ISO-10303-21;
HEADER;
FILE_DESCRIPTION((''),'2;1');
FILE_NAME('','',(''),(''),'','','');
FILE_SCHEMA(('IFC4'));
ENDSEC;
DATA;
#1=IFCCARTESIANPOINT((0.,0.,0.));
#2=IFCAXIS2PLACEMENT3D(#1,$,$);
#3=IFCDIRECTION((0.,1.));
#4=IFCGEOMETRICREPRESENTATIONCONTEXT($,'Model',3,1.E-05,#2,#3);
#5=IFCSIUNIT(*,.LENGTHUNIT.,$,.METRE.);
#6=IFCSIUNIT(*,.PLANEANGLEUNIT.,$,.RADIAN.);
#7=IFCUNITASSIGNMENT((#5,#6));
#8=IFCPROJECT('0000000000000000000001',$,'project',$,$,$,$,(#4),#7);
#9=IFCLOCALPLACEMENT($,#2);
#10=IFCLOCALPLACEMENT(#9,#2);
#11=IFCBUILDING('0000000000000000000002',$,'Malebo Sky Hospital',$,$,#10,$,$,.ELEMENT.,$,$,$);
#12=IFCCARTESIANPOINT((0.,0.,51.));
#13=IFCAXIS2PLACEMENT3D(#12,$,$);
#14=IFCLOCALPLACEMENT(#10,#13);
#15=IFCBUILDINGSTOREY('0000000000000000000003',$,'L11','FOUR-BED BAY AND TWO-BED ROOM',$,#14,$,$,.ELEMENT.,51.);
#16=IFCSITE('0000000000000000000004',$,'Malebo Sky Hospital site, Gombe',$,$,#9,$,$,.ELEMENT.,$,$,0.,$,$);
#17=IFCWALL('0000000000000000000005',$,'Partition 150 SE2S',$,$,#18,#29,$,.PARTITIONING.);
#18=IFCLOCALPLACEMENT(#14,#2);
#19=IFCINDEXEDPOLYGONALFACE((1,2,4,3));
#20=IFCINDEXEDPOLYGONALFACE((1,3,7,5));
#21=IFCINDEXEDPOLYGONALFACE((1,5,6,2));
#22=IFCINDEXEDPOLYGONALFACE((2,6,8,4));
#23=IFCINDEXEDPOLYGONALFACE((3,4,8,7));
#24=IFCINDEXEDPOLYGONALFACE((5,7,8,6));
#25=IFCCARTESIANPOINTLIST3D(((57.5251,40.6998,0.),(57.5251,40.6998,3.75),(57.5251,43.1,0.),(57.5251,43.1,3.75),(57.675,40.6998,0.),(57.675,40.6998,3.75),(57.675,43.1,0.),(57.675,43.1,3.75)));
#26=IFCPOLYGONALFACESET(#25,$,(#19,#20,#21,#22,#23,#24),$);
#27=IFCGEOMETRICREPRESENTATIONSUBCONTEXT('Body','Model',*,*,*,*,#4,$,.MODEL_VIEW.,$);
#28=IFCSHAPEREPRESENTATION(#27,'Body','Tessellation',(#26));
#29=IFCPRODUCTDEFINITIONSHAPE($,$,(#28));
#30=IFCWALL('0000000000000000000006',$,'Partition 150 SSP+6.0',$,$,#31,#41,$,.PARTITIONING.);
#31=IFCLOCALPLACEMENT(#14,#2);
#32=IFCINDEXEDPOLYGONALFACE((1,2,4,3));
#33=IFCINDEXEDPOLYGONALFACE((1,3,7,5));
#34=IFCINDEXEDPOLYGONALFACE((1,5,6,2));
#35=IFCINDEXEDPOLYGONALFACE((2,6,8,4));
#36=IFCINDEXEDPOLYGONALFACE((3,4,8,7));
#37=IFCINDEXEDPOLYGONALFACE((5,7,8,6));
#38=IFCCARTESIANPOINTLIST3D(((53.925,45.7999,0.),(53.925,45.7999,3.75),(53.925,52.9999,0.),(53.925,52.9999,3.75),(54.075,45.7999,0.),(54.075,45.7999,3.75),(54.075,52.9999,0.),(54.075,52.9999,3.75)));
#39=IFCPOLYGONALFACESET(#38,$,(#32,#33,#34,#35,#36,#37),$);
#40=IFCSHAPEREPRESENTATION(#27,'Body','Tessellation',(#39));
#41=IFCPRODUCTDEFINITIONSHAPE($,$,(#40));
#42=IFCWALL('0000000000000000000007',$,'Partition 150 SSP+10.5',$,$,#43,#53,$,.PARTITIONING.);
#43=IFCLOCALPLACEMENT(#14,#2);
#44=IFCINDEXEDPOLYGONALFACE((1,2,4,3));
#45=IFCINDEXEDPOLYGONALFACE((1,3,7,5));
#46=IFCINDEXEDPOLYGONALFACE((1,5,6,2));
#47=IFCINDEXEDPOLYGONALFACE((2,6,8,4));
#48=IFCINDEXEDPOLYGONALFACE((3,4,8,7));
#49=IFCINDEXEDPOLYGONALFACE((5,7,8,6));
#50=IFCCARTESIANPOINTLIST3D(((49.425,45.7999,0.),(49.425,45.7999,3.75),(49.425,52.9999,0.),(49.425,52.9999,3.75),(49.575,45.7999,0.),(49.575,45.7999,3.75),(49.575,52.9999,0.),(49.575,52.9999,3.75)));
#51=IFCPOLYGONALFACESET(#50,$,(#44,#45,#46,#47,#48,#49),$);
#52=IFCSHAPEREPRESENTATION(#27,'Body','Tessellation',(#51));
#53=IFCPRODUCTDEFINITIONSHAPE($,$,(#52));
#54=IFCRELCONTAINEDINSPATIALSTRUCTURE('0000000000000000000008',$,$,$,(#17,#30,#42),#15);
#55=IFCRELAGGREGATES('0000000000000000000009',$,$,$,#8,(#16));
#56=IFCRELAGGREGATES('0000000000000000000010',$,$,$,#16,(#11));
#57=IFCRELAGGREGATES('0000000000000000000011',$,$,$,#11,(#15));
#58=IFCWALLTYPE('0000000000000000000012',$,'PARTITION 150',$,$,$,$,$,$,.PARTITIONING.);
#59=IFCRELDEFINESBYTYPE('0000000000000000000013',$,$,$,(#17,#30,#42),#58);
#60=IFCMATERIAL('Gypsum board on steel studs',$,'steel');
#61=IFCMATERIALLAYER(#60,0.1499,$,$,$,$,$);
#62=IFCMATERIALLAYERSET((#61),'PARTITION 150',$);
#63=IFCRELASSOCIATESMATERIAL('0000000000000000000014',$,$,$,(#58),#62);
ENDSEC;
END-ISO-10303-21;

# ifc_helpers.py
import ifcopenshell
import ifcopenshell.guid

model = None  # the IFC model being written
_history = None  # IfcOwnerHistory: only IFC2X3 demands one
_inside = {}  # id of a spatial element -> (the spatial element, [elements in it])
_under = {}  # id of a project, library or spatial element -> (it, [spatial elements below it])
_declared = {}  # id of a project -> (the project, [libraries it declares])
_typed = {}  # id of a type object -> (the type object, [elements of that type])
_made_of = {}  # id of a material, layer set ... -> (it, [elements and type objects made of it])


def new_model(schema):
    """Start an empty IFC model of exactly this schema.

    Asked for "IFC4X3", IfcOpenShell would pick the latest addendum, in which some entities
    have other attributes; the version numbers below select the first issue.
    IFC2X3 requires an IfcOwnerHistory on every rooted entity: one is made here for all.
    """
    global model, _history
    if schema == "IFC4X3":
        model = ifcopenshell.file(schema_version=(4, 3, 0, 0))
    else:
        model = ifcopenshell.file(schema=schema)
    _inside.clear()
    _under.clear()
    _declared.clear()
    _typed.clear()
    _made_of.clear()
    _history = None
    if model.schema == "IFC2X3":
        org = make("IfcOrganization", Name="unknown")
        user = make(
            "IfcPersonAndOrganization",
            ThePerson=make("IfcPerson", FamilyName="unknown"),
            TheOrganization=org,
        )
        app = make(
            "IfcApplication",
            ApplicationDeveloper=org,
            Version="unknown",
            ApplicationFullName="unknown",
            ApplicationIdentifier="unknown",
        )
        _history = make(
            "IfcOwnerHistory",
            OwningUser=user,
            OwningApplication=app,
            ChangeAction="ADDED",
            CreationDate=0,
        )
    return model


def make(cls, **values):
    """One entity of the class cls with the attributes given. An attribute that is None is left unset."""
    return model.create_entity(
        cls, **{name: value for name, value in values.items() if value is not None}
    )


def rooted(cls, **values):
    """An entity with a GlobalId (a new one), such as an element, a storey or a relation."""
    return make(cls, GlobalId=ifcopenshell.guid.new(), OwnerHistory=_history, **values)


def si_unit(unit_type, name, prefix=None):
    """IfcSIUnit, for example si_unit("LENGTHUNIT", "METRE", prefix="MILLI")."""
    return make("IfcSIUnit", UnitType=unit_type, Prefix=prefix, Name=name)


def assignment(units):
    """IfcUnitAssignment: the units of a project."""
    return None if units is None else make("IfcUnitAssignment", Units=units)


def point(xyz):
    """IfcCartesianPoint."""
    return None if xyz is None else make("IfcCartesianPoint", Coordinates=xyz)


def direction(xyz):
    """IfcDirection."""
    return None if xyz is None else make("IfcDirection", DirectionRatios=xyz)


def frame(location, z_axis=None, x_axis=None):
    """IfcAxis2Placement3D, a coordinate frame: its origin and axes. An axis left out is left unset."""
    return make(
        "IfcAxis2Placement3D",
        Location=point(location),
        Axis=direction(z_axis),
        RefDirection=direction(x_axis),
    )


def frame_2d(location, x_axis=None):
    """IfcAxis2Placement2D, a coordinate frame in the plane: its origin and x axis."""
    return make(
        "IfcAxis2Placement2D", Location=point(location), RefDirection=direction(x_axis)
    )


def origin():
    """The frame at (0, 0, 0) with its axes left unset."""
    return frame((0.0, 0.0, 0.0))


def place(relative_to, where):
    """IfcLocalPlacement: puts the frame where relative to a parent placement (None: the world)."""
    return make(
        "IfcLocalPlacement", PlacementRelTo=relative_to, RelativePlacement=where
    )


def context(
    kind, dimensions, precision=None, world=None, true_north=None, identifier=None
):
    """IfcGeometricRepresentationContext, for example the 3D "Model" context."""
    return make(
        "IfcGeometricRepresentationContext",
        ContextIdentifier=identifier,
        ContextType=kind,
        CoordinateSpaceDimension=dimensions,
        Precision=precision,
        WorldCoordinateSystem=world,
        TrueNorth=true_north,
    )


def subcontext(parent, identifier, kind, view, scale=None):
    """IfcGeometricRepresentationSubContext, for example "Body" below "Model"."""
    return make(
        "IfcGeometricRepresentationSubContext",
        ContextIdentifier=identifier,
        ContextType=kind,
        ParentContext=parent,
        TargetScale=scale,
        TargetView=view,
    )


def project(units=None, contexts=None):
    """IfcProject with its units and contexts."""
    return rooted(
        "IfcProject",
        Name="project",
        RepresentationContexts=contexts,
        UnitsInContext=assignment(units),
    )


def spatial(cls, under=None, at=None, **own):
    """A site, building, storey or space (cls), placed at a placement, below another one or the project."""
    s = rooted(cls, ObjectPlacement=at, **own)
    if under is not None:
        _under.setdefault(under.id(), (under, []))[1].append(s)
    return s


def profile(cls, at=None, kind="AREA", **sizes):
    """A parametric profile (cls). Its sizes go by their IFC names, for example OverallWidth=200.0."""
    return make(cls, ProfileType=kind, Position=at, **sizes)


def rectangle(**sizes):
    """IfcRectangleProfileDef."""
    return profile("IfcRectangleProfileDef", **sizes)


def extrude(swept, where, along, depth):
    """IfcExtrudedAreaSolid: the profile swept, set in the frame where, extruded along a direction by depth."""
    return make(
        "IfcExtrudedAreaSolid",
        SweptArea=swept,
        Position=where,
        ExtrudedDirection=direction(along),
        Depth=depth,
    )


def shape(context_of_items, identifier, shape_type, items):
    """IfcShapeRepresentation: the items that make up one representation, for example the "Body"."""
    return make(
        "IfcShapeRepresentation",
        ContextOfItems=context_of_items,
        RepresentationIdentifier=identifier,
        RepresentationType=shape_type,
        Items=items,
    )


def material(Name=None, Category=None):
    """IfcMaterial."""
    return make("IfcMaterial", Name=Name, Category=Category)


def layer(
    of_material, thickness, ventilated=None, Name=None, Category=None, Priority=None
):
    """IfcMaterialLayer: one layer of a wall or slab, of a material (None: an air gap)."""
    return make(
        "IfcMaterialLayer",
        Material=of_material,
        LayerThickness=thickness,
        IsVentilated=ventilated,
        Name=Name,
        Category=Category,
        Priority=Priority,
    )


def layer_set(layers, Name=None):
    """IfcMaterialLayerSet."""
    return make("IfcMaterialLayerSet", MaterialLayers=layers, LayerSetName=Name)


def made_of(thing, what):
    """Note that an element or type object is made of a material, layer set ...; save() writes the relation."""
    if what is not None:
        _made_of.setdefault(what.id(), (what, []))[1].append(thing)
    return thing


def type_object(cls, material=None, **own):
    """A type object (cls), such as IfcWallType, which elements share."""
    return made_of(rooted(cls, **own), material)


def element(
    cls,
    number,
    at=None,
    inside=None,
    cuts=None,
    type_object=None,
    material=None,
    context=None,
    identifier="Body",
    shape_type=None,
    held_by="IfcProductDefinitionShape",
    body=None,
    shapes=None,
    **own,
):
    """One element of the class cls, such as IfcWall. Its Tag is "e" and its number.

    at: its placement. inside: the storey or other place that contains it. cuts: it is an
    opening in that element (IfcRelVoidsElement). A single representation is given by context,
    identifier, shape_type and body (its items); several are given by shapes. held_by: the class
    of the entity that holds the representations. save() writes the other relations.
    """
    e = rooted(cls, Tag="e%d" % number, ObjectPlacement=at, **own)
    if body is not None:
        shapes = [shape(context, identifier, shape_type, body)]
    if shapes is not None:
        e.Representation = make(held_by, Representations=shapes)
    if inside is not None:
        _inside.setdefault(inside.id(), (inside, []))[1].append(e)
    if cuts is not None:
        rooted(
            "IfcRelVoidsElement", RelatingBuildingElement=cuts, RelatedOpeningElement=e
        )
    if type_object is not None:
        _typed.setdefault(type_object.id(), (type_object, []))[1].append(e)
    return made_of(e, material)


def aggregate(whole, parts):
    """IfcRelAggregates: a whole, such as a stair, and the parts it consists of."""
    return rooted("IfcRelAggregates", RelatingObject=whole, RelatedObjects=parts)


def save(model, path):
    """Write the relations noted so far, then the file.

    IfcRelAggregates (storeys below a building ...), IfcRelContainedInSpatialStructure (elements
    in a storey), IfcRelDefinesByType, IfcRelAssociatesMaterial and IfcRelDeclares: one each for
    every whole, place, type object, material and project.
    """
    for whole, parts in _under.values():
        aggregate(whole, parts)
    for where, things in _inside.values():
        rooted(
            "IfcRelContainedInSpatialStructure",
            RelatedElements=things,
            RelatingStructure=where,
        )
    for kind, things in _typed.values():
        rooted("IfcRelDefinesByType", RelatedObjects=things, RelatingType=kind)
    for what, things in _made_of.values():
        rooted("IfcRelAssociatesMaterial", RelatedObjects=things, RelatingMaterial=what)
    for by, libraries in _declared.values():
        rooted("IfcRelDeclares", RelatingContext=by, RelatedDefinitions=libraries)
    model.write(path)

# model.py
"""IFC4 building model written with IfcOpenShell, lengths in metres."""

from ifc_helpers import new_model, si_unit, direction, frame, frame_2d, origin, place, context, subcontext, project, spatial, rectangle, extrude, material, layer, layer_set, type_object, element, save


model = new_model("IFC4")

# Units and contexts
model_context = context("Model", 3, precision=1e-05, world=origin(), true_north=direction((0.0, 1.0)))
body_context = subcontext(model_context, "Body", "Model", "MODEL_VIEW")
ifc_project = project(units=[si_unit("LENGTHUNIT", "METRE"), si_unit("PLANEANGLEUNIT", "RADIAN")], contexts=[model_context])

# Site, building, storey
site_placement = place(None, origin())
site = spatial("IfcSite", under=ifc_project, at=site_placement, Name="Malebo Sky Hospital site, Gombe", CompositionType="ELEMENT", RefElevation=0.0)
building_placement = place(site_placement, origin())
building = spatial("IfcBuilding", under=site, at=building_placement, Name="Malebo Sky Hospital", CompositionType="ELEMENT")
storey_placement = place(building_placement, frame((0.0, 0.0, 51.0)))
storey = spatial("IfcBuildingStorey", under=building, at=storey_placement, Name="L11", Description="FOUR-BED BAY AND TWO-BED ROOM", CompositionType="ELEMENT", Elevation=51.0)

# Shared definitions
ifc_material_1 = material(Name="Gypsum board on steel studs", Category="steel")

# Walls
ifc_layer_1 = layer(ifc_material_1, 0.1499)
ifc_layer_set_1 = layer_set([ifc_layer_1], Name="PARTITION 150")
wall_type_1 = type_object("IfcWallType", Name="PARTITION 150", PredefinedType="PARTITIONING", material=ifc_layer_set_1)
wall_1_placement = place(storey_placement, frame((57.6001, 43.1001, 0.0), z_axis=(0.0, 0.0, 1.0), x_axis=(0.0, -1.0, 0.0)))
element("IfcWall", 1, at=wall_1_placement, inside=storey, type_object=wall_type_1, Name="Partition 150 SE2S", PredefinedType="PARTITIONING", context=body_context, shape_type="SweptSolid", body=[
    extrude(rectangle(XDim=2.4001, YDim=0.1499, at=frame_2d((1.2002, 0.0))), origin(), (0.0, 0.0, 1.0), 3.75),
])
for number, where, z_axis, x_axis, name in (
    (2, (54.0, 53.0, 0.0), (0.0, 0.0, 1.0), (0.0, -1.0, 0.0), "Partition 150 SSP+6.0"),
    (3, (49.5, 53.0, 0.0), (0.0, 0.0, 1.0), (0.0, -1.0, 0.0), "Partition 150 SSP+10.5"),
):
    element("IfcWall", number, at=place(storey_placement, frame(where, z_axis=z_axis, x_axis=x_axis)), inside=storey, type_object=wall_type_1, Name=name, PredefinedType="PARTITIONING", context=body_context, shape_type="SweptSolid", body=[
        extrude(rectangle(XDim=7.2, YDim=0.1499, at=frame_2d((3.6001, 0.0))), origin(), (0.0, 0.0, 1.0), 3.75),
    ])

save(model, "model.ifc")
